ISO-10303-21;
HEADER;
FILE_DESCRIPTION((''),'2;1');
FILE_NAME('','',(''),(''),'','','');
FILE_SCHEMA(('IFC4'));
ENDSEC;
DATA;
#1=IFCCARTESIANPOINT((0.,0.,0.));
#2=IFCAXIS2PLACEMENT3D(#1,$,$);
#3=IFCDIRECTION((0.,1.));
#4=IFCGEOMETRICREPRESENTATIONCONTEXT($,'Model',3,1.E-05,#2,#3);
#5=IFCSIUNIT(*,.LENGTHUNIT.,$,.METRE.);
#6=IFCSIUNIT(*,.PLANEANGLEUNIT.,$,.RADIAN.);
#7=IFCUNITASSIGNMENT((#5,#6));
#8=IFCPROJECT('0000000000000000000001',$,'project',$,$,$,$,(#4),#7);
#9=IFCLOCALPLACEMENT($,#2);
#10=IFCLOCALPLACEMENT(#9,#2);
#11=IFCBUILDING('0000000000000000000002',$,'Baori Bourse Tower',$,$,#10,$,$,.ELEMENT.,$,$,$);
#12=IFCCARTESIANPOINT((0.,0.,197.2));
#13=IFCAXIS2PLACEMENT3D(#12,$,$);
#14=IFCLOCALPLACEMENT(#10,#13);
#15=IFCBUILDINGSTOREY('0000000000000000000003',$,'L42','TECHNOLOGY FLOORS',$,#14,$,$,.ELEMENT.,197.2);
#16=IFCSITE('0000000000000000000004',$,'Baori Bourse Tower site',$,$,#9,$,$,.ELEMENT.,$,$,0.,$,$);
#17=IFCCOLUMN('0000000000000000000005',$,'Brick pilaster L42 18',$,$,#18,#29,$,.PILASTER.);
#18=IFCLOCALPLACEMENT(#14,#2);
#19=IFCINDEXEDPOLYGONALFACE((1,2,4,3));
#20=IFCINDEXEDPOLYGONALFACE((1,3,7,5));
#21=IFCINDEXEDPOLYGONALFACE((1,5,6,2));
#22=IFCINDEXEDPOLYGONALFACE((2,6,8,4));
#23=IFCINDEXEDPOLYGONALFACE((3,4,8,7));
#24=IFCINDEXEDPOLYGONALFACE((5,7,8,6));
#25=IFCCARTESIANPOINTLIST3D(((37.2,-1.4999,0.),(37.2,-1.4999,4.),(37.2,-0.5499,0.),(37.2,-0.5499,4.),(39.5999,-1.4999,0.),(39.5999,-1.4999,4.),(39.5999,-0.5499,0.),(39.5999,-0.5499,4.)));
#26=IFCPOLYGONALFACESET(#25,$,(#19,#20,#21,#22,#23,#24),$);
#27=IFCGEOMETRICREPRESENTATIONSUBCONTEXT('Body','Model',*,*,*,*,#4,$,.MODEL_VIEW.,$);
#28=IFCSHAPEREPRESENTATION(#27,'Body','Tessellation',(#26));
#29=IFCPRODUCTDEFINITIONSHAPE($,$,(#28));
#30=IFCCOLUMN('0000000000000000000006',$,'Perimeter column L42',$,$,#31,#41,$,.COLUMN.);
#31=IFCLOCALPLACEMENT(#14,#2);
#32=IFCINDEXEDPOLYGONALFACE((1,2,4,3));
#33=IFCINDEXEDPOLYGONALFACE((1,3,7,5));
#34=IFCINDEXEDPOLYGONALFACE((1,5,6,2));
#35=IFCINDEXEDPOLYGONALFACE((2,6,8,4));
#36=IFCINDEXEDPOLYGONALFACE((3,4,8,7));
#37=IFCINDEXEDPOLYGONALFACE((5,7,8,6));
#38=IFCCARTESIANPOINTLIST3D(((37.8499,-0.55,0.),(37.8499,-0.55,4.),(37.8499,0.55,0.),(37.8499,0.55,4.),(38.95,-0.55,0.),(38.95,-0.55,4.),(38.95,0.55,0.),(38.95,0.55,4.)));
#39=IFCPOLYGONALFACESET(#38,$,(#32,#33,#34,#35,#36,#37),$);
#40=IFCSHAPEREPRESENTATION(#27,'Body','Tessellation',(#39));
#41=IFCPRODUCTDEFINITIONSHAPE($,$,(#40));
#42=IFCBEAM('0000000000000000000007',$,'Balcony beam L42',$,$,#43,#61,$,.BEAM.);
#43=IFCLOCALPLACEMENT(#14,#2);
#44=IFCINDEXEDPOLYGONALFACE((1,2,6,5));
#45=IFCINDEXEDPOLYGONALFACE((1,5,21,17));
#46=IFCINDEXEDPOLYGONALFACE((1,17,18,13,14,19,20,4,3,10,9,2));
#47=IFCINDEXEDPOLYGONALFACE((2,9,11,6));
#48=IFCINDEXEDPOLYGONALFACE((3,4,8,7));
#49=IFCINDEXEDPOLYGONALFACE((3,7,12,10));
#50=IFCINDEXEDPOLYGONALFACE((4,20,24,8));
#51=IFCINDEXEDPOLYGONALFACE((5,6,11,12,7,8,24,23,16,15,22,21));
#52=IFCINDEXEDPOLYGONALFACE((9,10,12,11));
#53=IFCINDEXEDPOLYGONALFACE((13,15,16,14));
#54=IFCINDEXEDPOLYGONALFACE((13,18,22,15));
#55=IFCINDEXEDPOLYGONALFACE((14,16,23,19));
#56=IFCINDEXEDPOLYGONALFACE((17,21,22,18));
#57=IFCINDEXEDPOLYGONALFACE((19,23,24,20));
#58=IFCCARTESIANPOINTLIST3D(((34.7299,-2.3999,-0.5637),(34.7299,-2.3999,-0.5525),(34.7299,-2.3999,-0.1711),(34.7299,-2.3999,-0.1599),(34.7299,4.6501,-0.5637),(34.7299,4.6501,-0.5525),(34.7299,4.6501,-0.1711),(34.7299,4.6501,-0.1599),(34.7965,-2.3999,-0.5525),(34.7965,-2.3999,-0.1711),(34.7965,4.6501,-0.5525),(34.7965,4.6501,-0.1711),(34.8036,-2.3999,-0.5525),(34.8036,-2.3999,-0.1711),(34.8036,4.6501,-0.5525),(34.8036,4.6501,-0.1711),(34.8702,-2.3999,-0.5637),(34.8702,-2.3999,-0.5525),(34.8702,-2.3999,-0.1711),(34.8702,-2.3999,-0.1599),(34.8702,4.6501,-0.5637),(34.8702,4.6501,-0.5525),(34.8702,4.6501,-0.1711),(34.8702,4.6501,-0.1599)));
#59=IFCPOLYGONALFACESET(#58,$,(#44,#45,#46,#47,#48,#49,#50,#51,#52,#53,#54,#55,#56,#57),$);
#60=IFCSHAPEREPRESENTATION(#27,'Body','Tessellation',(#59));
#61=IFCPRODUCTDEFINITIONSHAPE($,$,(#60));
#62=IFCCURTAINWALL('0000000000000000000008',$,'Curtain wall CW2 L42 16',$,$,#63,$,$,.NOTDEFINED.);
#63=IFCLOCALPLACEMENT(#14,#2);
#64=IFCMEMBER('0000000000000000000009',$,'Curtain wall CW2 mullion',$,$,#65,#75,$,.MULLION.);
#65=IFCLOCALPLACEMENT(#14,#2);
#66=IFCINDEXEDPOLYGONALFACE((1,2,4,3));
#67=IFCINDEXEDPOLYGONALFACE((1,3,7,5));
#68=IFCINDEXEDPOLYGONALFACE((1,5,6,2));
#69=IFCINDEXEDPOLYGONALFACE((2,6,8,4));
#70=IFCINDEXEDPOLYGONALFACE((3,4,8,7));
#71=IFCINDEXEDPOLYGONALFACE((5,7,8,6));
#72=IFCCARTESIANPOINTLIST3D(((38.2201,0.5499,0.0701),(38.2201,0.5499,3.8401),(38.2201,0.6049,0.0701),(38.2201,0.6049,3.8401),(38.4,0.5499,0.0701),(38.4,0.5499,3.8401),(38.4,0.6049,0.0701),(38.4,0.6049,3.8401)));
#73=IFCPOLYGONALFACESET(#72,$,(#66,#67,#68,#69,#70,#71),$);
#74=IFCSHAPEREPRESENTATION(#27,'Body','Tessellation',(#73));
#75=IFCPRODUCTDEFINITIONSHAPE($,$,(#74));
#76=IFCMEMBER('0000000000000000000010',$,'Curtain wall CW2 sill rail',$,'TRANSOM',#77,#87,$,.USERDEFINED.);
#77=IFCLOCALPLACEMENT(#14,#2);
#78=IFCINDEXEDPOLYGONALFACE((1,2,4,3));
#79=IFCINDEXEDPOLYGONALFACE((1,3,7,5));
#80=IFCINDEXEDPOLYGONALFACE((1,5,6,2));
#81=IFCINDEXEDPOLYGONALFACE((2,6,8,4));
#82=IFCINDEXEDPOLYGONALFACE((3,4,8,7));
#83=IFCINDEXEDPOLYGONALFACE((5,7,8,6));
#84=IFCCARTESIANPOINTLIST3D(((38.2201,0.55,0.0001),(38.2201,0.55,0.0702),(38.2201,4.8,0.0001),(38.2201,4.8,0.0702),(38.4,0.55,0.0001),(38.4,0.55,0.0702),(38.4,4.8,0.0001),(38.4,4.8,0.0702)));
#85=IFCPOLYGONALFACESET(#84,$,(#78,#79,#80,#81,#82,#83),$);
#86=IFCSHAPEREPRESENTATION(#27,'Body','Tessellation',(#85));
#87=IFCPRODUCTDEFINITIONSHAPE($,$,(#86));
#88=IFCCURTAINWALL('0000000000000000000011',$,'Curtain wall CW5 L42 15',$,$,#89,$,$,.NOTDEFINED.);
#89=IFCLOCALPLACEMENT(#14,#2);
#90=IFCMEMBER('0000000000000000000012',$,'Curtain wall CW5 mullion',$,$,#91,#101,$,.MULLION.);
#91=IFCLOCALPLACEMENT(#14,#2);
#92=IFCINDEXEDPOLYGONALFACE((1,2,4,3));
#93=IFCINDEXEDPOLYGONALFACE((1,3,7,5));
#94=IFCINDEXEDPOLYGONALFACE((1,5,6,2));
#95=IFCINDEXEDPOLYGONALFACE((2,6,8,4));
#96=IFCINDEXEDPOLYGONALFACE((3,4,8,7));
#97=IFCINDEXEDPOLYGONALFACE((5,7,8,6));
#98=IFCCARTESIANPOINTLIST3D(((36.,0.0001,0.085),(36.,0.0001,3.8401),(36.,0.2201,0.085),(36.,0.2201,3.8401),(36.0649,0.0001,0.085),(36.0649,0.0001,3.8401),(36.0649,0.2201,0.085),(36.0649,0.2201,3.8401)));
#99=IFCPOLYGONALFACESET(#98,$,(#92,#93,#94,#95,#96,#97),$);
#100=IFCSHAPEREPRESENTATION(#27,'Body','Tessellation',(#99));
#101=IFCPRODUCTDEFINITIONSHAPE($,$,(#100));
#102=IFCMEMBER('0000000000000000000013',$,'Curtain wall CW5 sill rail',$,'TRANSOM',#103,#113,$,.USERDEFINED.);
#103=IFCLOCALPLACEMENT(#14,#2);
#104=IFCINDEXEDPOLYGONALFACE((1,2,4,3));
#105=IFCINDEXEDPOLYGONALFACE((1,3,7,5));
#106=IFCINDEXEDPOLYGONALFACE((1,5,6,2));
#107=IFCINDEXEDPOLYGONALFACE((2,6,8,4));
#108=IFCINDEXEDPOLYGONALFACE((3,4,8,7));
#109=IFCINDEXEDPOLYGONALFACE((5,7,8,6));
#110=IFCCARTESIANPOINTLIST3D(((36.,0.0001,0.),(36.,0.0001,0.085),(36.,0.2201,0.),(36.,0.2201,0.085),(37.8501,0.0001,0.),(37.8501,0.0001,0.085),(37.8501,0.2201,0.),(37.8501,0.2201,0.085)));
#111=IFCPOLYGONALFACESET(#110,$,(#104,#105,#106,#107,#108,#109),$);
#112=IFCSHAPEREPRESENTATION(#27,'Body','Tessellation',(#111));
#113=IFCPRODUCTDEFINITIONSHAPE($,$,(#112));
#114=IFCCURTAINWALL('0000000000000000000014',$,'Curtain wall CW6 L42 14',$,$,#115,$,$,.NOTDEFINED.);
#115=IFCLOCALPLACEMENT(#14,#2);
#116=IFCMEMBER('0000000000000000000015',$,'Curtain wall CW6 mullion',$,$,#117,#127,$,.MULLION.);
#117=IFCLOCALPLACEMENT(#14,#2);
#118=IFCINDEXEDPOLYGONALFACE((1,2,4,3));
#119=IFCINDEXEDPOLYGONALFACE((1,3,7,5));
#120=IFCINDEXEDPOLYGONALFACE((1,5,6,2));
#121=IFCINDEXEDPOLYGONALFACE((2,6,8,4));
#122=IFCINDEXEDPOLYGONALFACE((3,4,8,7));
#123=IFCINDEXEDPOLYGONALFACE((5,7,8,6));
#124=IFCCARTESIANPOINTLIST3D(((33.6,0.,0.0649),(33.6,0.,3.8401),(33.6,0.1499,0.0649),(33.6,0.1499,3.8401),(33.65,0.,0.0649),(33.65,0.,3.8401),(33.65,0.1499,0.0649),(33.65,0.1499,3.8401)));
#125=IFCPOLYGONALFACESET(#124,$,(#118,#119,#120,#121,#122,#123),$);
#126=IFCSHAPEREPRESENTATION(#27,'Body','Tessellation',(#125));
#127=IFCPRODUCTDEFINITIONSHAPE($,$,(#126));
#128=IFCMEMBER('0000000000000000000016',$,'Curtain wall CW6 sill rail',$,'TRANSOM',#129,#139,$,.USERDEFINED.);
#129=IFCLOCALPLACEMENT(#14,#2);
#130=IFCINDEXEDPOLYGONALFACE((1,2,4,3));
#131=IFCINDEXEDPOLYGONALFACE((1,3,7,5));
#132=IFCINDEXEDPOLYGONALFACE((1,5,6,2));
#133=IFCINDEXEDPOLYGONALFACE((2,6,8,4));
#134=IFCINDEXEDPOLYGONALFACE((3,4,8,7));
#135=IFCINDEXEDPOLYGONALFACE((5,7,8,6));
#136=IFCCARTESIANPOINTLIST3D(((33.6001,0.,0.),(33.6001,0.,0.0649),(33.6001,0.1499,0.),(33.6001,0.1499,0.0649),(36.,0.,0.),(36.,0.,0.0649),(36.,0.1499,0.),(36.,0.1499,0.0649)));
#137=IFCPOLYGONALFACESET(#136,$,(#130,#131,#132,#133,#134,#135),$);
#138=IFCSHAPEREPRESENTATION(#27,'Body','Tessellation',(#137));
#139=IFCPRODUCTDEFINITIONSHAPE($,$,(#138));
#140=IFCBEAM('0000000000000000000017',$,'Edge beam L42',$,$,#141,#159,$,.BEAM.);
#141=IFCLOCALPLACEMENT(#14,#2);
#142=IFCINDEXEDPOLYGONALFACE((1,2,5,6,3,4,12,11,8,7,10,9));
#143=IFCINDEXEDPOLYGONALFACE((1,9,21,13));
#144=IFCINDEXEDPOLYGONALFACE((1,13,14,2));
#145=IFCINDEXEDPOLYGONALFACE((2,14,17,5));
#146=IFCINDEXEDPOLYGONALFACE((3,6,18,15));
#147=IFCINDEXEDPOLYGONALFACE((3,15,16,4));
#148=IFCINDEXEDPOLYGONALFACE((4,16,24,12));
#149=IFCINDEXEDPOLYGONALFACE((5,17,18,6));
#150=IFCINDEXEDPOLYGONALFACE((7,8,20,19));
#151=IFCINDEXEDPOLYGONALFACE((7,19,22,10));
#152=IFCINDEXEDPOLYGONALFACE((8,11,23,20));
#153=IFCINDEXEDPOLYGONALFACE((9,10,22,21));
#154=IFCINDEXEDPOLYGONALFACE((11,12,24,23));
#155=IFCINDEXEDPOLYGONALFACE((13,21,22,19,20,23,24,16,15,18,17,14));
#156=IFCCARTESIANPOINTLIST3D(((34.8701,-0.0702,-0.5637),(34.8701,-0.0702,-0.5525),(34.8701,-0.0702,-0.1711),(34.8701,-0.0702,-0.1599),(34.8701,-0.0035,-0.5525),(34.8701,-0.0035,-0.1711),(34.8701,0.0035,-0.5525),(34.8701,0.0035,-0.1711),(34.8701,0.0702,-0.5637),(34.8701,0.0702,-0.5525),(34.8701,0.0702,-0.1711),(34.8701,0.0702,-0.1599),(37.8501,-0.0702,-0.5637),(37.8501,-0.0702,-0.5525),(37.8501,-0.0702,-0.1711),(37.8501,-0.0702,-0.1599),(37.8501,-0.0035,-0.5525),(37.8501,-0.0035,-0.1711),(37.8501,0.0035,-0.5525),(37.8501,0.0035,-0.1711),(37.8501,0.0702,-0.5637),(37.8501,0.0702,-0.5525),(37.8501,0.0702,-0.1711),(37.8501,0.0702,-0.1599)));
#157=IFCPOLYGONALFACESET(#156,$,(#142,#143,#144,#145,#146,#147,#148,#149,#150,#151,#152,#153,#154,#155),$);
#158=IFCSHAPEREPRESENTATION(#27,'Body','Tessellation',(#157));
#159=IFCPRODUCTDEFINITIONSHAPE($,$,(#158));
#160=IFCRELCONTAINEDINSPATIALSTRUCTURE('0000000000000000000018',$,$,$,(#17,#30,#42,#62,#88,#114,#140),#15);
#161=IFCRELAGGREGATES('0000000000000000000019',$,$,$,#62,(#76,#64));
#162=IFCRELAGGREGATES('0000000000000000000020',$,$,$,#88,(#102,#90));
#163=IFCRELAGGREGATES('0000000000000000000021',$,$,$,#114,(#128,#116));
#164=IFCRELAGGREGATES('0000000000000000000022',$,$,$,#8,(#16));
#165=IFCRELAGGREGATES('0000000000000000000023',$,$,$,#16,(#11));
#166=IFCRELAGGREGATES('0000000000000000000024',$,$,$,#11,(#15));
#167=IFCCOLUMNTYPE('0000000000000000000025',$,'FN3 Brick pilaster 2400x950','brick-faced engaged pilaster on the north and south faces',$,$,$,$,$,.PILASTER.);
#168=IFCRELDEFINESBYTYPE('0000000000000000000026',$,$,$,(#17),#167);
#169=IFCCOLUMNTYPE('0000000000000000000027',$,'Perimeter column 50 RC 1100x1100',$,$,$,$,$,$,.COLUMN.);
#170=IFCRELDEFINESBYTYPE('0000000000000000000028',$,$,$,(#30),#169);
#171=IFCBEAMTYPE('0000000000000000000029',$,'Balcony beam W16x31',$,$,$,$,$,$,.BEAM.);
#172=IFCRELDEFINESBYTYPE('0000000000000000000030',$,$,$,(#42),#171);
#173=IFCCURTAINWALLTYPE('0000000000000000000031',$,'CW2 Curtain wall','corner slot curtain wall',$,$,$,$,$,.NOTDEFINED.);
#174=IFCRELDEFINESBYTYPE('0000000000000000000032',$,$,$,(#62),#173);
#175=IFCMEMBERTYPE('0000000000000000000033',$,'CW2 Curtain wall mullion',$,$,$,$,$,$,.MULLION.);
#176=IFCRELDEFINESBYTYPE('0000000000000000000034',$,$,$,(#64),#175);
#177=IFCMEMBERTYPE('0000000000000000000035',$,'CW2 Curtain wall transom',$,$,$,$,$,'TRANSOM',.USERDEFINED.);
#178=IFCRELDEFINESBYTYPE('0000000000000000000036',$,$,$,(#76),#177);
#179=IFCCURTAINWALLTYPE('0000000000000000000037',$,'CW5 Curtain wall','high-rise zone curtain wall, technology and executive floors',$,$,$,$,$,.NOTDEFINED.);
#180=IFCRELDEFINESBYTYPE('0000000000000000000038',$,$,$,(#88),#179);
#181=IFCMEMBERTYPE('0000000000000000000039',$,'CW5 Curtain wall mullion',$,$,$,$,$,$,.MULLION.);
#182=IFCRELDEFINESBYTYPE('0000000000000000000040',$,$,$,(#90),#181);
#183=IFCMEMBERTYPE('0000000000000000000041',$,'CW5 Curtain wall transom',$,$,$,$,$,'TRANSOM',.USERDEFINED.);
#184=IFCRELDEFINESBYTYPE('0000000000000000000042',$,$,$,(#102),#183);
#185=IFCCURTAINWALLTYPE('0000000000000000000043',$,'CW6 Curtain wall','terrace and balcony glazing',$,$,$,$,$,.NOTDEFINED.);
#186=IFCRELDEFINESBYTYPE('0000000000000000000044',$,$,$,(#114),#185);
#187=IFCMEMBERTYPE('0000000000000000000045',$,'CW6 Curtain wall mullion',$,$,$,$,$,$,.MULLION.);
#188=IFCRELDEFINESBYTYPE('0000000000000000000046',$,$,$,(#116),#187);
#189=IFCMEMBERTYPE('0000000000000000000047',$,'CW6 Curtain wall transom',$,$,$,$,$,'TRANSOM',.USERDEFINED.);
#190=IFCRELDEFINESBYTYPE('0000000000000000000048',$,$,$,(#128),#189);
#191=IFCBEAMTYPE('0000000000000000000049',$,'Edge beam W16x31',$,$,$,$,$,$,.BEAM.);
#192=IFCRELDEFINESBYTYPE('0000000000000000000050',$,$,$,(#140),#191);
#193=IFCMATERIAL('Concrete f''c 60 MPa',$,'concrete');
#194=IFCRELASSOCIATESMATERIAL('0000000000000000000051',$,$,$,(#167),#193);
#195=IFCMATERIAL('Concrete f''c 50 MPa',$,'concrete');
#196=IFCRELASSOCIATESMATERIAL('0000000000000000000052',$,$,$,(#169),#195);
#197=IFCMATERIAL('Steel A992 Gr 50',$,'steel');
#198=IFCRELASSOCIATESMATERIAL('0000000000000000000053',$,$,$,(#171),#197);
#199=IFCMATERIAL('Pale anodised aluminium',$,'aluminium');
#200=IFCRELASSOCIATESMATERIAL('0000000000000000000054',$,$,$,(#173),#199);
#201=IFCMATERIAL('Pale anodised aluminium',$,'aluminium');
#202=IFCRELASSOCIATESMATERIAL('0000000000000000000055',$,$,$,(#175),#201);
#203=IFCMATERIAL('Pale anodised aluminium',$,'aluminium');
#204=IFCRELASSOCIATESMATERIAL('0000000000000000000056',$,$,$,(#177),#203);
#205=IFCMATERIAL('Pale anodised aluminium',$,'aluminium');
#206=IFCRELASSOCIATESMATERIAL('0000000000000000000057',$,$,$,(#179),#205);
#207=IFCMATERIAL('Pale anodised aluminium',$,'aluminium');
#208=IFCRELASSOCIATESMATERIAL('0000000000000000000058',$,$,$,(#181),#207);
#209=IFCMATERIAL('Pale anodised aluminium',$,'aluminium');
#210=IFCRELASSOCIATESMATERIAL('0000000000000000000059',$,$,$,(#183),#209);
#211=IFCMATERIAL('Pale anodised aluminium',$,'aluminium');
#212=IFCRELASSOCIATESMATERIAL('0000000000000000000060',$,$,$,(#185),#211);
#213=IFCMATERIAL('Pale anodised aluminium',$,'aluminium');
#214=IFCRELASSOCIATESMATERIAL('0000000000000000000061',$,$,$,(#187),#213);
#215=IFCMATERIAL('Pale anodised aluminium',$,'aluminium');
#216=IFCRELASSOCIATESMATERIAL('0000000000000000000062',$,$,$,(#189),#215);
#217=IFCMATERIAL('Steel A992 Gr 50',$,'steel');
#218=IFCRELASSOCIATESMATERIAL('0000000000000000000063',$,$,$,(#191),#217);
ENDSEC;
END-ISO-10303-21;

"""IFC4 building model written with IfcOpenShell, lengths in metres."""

from ifc_helpers import new_model, si_unit, direction, frame, origin, origin_2d, place, context, subcontext, project, spatial, rectangle, i_section, extrude, material, material_profile, profile_set, type_object, element, aggregate, save


model = new_model("IFC4")

# Units and contexts
model_context = context("Model", 3, precision=1e-05, world=origin(), true_north=direction((0.0, 1.0)))
body_context = subcontext(model_context, "Body", "Model", "MODEL_VIEW")
ifc_project = project(units=[si_unit("LENGTHUNIT", "METRE"), si_unit("PLANEANGLEUNIT", "RADIAN")], contexts=[model_context])

# Site, building, storey
site_placement = place(None, origin())
site = spatial("IfcSite", under=ifc_project, at=site_placement, Name="Baori Bourse Tower site", CompositionType="ELEMENT", RefElevation=0.0)
building_placement = place(site_placement, origin())
building = spatial("IfcBuilding", under=site, at=building_placement, Name="Baori Bourse Tower", CompositionType="ELEMENT")
storey_placement = place(building_placement, frame((0.0, 0.0, 197.2)))
storey = spatial("IfcBuildingStorey", under=building, at=storey_placement, Name="L42", Description="TECHNOLOGY FLOORS", CompositionType="ELEMENT", Elevation=197.2)

# Columns
ifc_material_1 = material(Name="Concrete f'c 60 MPa", Category="concrete")
ifc_material_profile_1 = material_profile(ifc_material_1, rectangle(XDim=2.3999, YDim=0.95, at=origin_2d()), Name="RC 2400x950")
ifc_profile_set_1 = profile_set([ifc_material_profile_1], Name="Concrete f'c 60 MPa")
column_type_1 = type_object("IfcColumnType", Name="FN3 Brick pilaster 2400x950", Description="brick-faced engaged pilaster on the north and south faces", PredefinedType="PILASTER", material=ifc_profile_set_1)
column_1_placement = place(storey_placement, frame((38.3999, -1.0249, 0.0), z_axis=(0.0, 0.0, 1.0), x_axis=(1.0, 0.0, 0.0)))
element("IfcColumn", 1, at=column_1_placement, inside=storey, type_object=column_type_1, Name="Brick pilaster L42 18", PredefinedType="PILASTER", context=body_context, shape_type="SweptSolid", body=[
    extrude(rectangle(XDim=2.3999, YDim=0.95, at=origin_2d()), origin(), (0.0, 0.0, 1.0), 4.0),
])
ifc_material_2 = material(Name="Concrete f'c 50 MPa", Category="concrete")
ifc_material_profile_2 = material_profile(ifc_material_2, rectangle(XDim=1.1001, YDim=1.1001, at=origin_2d()), Name="RC 1100x1100")
ifc_profile_set_2 = profile_set([ifc_material_profile_2], Name="Concrete f'c 50 MPa")
column_type_2 = type_object("IfcColumnType", Name="Perimeter column 50 RC 1100x1100", PredefinedType="COLUMN", material=ifc_profile_set_2)
column_2_placement = place(storey_placement, frame((38.3999, 0.0, 0.0), z_axis=(0.0, 0.0, 1.0), x_axis=(1.0, 0.0, 0.0)))
element("IfcColumn", 2, at=column_2_placement, inside=storey, type_object=column_type_2, Name="Perimeter column L42", PredefinedType="COLUMN", context=body_context, shape_type="SweptSolid", body=[
    extrude(rectangle(XDim=1.1001, YDim=1.1001, at=origin_2d()), origin(), (0.0, 0.0, 1.0), 4.0),
])

# Beam
ifc_material_3 = material(Name="Steel A992 Gr 50", Category="steel")
ifc_material_profile_3 = material_profile(ifc_material_3, i_section(OverallWidth=0.1404, OverallDepth=0.4038, WebThickness=0.0071, FlangeThickness=0.0112, at=origin_2d()), Name="W16x31")
ifc_profile_set_3 = profile_set([ifc_material_profile_3], Name="Steel A992 Gr 50")
beam_type_1 = type_object("IfcBeamType", Name="Balcony beam W16x31", PredefinedType="BEAM", material=ifc_profile_set_3)
beam_1_placement = place(storey_placement, frame((34.8, -2.3999, -0.3618), z_axis=(0.0, 1.0, 0.0), x_axis=(-1.0, 0.0, 0.0)))
element("IfcBeam", 3, at=beam_1_placement, inside=storey, type_object=beam_type_1, Name="Balcony beam L42", PredefinedType="BEAM", context=body_context, shape_type="SweptSolid", body=[
    extrude(i_section(OverallWidth=0.1404, OverallDepth=0.4038, WebThickness=0.0071, FlangeThickness=0.0112, at=origin_2d()), origin(), (0.0, 0.0, 1.0), 7.05),
])

# Curtain walls, members
ifc_material_4 = material(Name="Pale anodised aluminium", Category="aluminium")
curtain_wall_type_1 = type_object("IfcCurtainWallType", Name="CW2 Curtain wall", Description="corner slot curtain wall", PredefinedType="NOTDEFINED", material=ifc_material_4)
curtain_wall_1_placement = place(storey_placement, origin())
curtain_wall_1 = element("IfcCurtainWall", 4, at=curtain_wall_1_placement, inside=storey, type_object=curtain_wall_type_1, Name="Curtain wall CW2 L42 16", PredefinedType="NOTDEFINED")
ifc_material_5 = material(Name="Pale anodised aluminium", Category="aluminium")
ifc_material_profile_4 = material_profile(ifc_material_5, rectangle(XDim=0.1799, YDim=0.0549, at=origin_2d()), Name="Mullion 55x180")
ifc_profile_set_4 = profile_set([ifc_material_profile_4], Name="Pale anodised aluminium")
member_type_1 = type_object("IfcMemberType", Name="CW2 Curtain wall mullion", PredefinedType="MULLION", material=ifc_profile_set_4)
member_1_placement = place(storey_placement, frame((38.3101, 0.5774, 0.0701), z_axis=(0.0, 0.0, 1.0), x_axis=(-1.0, 0.0, 0.0)))
member_1 = element("IfcMember", 5, at=member_1_placement, type_object=member_type_1, Name="Curtain wall CW2 mullion", PredefinedType="MULLION", context=body_context, shape_type="SweptSolid", body=[
    extrude(rectangle(XDim=0.1799, YDim=0.0549, at=origin_2d()), origin(), (0.0, 0.0, 1.0), 3.77),
])
ifc_material_6 = material(Name="Pale anodised aluminium", Category="aluminium")
ifc_material_profile_5 = material_profile(ifc_material_6, rectangle(XDim=0.1799, YDim=0.0701, at=origin_2d()), Name="Transom 70x180")
ifc_profile_set_5 = profile_set([ifc_material_profile_5], Name="Pale anodised aluminium")
member_type_2 = type_object("IfcMemberType", Name="CW2 Curtain wall transom", ElementType="TRANSOM", PredefinedType="USERDEFINED", material=ifc_profile_set_5)
member_2_placement = place(storey_placement, frame((38.3101, 0.55, 0.0352), z_axis=(0.0, 1.0, 0.0), x_axis=(-1.0, 0.0, 0.0)))
member_2 = element("IfcMember", 6, at=member_2_placement, type_object=member_type_2, Name="Curtain wall CW2 sill rail", ObjectType="TRANSOM", PredefinedType="USERDEFINED", context=body_context, shape_type="SweptSolid", body=[
    extrude(rectangle(XDim=0.1799, YDim=0.0701, at=origin_2d()), origin(), (0.0, 0.0, 1.0), 4.25),
])
ifc_material_7 = material(Name="Pale anodised aluminium", Category="aluminium")
curtain_wall_type_2 = type_object("IfcCurtainWallType", Name="CW5 Curtain wall", Description="high-rise zone curtain wall, technology and executive floors", PredefinedType="NOTDEFINED", material=ifc_material_7)
curtain_wall_2_placement = place(storey_placement, origin())
curtain_wall_2 = element("IfcCurtainWall", 7, at=curtain_wall_2_placement, inside=storey, type_object=curtain_wall_type_2, Name="Curtain wall CW5 L42 15", PredefinedType="NOTDEFINED")
ifc_material_8 = material(Name="Pale anodised aluminium", Category="aluminium")
ifc_material_profile_6 = material_profile(ifc_material_8, rectangle(XDim=0.22, YDim=0.0649, at=origin_2d()), Name="Mullion 65x220")
ifc_profile_set_6 = profile_set([ifc_material_profile_6], Name="Pale anodised aluminium")
member_type_3 = type_object("IfcMemberType", Name="CW5 Curtain wall mullion", PredefinedType="MULLION", material=ifc_profile_set_6)
member_3_placement = place(storey_placement, frame((36.0325, 0.1101, 0.085), z_axis=(0.0, 0.0, 1.0), x_axis=(0.0, 1.0, 0.0)))
member_3 = element("IfcMember", 8, at=member_3_placement, type_object=member_type_3, Name="Curtain wall CW5 mullion", PredefinedType="MULLION", context=body_context, shape_type="SweptSolid", body=[
    extrude(rectangle(XDim=0.22, YDim=0.0649, at=origin_2d()), origin(), (0.0, 0.0, 1.0), 3.7551),
])
ifc_material_9 = material(Name="Pale anodised aluminium", Category="aluminium")
ifc_material_profile_7 = material_profile(ifc_material_9, rectangle(XDim=0.22, YDim=0.085, at=origin_2d()), Name="Transom 85x220")
ifc_profile_set_7 = profile_set([ifc_material_profile_7], Name="Pale anodised aluminium")
member_type_4 = type_object("IfcMemberType", Name="CW5 Curtain wall transom", ElementType="TRANSOM", PredefinedType="USERDEFINED", material=ifc_profile_set_7)
member_4_placement = place(storey_placement, frame((36.0, 0.1101, 0.0425), z_axis=(1.0, 0.0, 0.0), x_axis=(0.0, 1.0, 0.0)))
member_4 = element("IfcMember", 9, at=member_4_placement, type_object=member_type_4, Name="Curtain wall CW5 sill rail", ObjectType="TRANSOM", PredefinedType="USERDEFINED", context=body_context, shape_type="SweptSolid", body=[
    extrude(rectangle(XDim=0.22, YDim=0.085, at=origin_2d()), origin(), (0.0, 0.0, 1.0), 1.8501),
])
ifc_material_10 = material(Name="Pale anodised aluminium", Category="aluminium")
curtain_wall_type_3 = type_object("IfcCurtainWallType", Name="CW6 Curtain wall", Description="terrace and balcony glazing", PredefinedType="NOTDEFINED", material=ifc_material_10)
curtain_wall_3_placement = place(storey_placement, origin())
curtain_wall_3 = element("IfcCurtainWall", 10, at=curtain_wall_3_placement, inside=storey, type_object=curtain_wall_type_3, Name="Curtain wall CW6 L42 14", PredefinedType="NOTDEFINED")
ifc_material_11 = material(Name="Pale anodised aluminium", Category="aluminium")
ifc_material_profile_8 = material_profile(ifc_material_11, rectangle(XDim=0.1499, YDim=0.05, at=origin_2d()), Name="Mullion 50x150")
ifc_profile_set_8 = profile_set([ifc_material_profile_8], Name="Pale anodised aluminium")
member_type_5 = type_object("IfcMemberType", Name="CW6 Curtain wall mullion", PredefinedType="MULLION", material=ifc_profile_set_8)
member_5_placement = place(storey_placement, frame((33.625, 0.075, 0.0649), z_axis=(0.0, 0.0, 1.0), x_axis=(0.0, 1.0, 0.0)))
member_5 = element("IfcMember", 11, at=member_5_placement, type_object=member_type_5, Name="Curtain wall CW6 mullion", PredefinedType="MULLION", context=body_context, shape_type="SweptSolid", body=[
    extrude(rectangle(XDim=0.1499, YDim=0.05, at=origin_2d()), origin(), (0.0, 0.0, 1.0), 3.7751),
])
ifc_material_12 = material(Name="Pale anodised aluminium", Category="aluminium")
ifc_material_profile_9 = material_profile(ifc_material_12, rectangle(XDim=0.1499, YDim=0.0649, at=origin_2d()), Name="Transom 65x150")
ifc_profile_set_9 = profile_set([ifc_material_profile_9], Name="Pale anodised aluminium")
member_type_6 = type_object("IfcMemberType", Name="CW6 Curtain wall transom", ElementType="TRANSOM", PredefinedType="USERDEFINED", material=ifc_profile_set_9)
member_6_placement = place(storey_placement, frame((33.6001, 0.075, 0.0325), z_axis=(1.0, 0.0, 0.0), x_axis=(0.0, 1.0, 0.0)))
member_6 = element("IfcMember", 12, at=member_6_placement, type_object=member_type_6, Name="Curtain wall CW6 sill rail", ObjectType="TRANSOM", PredefinedType="USERDEFINED", context=body_context, shape_type="SweptSolid", body=[
    extrude(rectangle(XDim=0.1499, YDim=0.0649, at=origin_2d()), origin(), (0.0, 0.0, 1.0), 2.3999),
])

# Beam
ifc_material_13 = material(Name="Steel A992 Gr 50", Category="steel")
ifc_material_profile_10 = material_profile(ifc_material_13, i_section(OverallWidth=0.1404, OverallDepth=0.4038, WebThickness=0.0071, FlangeThickness=0.0112, at=origin_2d()), Name="W16x31")
ifc_profile_set_10 = profile_set([ifc_material_profile_10], Name="Steel A992 Gr 50")
beam_type_2 = type_object("IfcBeamType", Name="Edge beam W16x31", PredefinedType="BEAM", material=ifc_profile_set_10)
beam_2_placement = place(storey_placement, frame((34.8701, 0.0, -0.3618), z_axis=(1.0, 0.0, 0.0), x_axis=(0.0, 1.0, 0.0)))
element("IfcBeam", 13, at=beam_2_placement, inside=storey, type_object=beam_type_2, Name="Edge beam L42", PredefinedType="BEAM", context=body_context, shape_type="SweptSolid", body=[
    extrude(i_section(OverallWidth=0.1404, OverallDepth=0.4038, WebThickness=0.0071, FlangeThickness=0.0112, at=origin_2d()), origin(), (0.0, 0.0, 1.0), 2.98),
])

aggregate(curtain_wall_1, [member_2, member_1])
aggregate(curtain_wall_2, [member_4, member_3])
aggregate(curtain_wall_3, [member_6, member_5])

save(model, "model.ifc")
